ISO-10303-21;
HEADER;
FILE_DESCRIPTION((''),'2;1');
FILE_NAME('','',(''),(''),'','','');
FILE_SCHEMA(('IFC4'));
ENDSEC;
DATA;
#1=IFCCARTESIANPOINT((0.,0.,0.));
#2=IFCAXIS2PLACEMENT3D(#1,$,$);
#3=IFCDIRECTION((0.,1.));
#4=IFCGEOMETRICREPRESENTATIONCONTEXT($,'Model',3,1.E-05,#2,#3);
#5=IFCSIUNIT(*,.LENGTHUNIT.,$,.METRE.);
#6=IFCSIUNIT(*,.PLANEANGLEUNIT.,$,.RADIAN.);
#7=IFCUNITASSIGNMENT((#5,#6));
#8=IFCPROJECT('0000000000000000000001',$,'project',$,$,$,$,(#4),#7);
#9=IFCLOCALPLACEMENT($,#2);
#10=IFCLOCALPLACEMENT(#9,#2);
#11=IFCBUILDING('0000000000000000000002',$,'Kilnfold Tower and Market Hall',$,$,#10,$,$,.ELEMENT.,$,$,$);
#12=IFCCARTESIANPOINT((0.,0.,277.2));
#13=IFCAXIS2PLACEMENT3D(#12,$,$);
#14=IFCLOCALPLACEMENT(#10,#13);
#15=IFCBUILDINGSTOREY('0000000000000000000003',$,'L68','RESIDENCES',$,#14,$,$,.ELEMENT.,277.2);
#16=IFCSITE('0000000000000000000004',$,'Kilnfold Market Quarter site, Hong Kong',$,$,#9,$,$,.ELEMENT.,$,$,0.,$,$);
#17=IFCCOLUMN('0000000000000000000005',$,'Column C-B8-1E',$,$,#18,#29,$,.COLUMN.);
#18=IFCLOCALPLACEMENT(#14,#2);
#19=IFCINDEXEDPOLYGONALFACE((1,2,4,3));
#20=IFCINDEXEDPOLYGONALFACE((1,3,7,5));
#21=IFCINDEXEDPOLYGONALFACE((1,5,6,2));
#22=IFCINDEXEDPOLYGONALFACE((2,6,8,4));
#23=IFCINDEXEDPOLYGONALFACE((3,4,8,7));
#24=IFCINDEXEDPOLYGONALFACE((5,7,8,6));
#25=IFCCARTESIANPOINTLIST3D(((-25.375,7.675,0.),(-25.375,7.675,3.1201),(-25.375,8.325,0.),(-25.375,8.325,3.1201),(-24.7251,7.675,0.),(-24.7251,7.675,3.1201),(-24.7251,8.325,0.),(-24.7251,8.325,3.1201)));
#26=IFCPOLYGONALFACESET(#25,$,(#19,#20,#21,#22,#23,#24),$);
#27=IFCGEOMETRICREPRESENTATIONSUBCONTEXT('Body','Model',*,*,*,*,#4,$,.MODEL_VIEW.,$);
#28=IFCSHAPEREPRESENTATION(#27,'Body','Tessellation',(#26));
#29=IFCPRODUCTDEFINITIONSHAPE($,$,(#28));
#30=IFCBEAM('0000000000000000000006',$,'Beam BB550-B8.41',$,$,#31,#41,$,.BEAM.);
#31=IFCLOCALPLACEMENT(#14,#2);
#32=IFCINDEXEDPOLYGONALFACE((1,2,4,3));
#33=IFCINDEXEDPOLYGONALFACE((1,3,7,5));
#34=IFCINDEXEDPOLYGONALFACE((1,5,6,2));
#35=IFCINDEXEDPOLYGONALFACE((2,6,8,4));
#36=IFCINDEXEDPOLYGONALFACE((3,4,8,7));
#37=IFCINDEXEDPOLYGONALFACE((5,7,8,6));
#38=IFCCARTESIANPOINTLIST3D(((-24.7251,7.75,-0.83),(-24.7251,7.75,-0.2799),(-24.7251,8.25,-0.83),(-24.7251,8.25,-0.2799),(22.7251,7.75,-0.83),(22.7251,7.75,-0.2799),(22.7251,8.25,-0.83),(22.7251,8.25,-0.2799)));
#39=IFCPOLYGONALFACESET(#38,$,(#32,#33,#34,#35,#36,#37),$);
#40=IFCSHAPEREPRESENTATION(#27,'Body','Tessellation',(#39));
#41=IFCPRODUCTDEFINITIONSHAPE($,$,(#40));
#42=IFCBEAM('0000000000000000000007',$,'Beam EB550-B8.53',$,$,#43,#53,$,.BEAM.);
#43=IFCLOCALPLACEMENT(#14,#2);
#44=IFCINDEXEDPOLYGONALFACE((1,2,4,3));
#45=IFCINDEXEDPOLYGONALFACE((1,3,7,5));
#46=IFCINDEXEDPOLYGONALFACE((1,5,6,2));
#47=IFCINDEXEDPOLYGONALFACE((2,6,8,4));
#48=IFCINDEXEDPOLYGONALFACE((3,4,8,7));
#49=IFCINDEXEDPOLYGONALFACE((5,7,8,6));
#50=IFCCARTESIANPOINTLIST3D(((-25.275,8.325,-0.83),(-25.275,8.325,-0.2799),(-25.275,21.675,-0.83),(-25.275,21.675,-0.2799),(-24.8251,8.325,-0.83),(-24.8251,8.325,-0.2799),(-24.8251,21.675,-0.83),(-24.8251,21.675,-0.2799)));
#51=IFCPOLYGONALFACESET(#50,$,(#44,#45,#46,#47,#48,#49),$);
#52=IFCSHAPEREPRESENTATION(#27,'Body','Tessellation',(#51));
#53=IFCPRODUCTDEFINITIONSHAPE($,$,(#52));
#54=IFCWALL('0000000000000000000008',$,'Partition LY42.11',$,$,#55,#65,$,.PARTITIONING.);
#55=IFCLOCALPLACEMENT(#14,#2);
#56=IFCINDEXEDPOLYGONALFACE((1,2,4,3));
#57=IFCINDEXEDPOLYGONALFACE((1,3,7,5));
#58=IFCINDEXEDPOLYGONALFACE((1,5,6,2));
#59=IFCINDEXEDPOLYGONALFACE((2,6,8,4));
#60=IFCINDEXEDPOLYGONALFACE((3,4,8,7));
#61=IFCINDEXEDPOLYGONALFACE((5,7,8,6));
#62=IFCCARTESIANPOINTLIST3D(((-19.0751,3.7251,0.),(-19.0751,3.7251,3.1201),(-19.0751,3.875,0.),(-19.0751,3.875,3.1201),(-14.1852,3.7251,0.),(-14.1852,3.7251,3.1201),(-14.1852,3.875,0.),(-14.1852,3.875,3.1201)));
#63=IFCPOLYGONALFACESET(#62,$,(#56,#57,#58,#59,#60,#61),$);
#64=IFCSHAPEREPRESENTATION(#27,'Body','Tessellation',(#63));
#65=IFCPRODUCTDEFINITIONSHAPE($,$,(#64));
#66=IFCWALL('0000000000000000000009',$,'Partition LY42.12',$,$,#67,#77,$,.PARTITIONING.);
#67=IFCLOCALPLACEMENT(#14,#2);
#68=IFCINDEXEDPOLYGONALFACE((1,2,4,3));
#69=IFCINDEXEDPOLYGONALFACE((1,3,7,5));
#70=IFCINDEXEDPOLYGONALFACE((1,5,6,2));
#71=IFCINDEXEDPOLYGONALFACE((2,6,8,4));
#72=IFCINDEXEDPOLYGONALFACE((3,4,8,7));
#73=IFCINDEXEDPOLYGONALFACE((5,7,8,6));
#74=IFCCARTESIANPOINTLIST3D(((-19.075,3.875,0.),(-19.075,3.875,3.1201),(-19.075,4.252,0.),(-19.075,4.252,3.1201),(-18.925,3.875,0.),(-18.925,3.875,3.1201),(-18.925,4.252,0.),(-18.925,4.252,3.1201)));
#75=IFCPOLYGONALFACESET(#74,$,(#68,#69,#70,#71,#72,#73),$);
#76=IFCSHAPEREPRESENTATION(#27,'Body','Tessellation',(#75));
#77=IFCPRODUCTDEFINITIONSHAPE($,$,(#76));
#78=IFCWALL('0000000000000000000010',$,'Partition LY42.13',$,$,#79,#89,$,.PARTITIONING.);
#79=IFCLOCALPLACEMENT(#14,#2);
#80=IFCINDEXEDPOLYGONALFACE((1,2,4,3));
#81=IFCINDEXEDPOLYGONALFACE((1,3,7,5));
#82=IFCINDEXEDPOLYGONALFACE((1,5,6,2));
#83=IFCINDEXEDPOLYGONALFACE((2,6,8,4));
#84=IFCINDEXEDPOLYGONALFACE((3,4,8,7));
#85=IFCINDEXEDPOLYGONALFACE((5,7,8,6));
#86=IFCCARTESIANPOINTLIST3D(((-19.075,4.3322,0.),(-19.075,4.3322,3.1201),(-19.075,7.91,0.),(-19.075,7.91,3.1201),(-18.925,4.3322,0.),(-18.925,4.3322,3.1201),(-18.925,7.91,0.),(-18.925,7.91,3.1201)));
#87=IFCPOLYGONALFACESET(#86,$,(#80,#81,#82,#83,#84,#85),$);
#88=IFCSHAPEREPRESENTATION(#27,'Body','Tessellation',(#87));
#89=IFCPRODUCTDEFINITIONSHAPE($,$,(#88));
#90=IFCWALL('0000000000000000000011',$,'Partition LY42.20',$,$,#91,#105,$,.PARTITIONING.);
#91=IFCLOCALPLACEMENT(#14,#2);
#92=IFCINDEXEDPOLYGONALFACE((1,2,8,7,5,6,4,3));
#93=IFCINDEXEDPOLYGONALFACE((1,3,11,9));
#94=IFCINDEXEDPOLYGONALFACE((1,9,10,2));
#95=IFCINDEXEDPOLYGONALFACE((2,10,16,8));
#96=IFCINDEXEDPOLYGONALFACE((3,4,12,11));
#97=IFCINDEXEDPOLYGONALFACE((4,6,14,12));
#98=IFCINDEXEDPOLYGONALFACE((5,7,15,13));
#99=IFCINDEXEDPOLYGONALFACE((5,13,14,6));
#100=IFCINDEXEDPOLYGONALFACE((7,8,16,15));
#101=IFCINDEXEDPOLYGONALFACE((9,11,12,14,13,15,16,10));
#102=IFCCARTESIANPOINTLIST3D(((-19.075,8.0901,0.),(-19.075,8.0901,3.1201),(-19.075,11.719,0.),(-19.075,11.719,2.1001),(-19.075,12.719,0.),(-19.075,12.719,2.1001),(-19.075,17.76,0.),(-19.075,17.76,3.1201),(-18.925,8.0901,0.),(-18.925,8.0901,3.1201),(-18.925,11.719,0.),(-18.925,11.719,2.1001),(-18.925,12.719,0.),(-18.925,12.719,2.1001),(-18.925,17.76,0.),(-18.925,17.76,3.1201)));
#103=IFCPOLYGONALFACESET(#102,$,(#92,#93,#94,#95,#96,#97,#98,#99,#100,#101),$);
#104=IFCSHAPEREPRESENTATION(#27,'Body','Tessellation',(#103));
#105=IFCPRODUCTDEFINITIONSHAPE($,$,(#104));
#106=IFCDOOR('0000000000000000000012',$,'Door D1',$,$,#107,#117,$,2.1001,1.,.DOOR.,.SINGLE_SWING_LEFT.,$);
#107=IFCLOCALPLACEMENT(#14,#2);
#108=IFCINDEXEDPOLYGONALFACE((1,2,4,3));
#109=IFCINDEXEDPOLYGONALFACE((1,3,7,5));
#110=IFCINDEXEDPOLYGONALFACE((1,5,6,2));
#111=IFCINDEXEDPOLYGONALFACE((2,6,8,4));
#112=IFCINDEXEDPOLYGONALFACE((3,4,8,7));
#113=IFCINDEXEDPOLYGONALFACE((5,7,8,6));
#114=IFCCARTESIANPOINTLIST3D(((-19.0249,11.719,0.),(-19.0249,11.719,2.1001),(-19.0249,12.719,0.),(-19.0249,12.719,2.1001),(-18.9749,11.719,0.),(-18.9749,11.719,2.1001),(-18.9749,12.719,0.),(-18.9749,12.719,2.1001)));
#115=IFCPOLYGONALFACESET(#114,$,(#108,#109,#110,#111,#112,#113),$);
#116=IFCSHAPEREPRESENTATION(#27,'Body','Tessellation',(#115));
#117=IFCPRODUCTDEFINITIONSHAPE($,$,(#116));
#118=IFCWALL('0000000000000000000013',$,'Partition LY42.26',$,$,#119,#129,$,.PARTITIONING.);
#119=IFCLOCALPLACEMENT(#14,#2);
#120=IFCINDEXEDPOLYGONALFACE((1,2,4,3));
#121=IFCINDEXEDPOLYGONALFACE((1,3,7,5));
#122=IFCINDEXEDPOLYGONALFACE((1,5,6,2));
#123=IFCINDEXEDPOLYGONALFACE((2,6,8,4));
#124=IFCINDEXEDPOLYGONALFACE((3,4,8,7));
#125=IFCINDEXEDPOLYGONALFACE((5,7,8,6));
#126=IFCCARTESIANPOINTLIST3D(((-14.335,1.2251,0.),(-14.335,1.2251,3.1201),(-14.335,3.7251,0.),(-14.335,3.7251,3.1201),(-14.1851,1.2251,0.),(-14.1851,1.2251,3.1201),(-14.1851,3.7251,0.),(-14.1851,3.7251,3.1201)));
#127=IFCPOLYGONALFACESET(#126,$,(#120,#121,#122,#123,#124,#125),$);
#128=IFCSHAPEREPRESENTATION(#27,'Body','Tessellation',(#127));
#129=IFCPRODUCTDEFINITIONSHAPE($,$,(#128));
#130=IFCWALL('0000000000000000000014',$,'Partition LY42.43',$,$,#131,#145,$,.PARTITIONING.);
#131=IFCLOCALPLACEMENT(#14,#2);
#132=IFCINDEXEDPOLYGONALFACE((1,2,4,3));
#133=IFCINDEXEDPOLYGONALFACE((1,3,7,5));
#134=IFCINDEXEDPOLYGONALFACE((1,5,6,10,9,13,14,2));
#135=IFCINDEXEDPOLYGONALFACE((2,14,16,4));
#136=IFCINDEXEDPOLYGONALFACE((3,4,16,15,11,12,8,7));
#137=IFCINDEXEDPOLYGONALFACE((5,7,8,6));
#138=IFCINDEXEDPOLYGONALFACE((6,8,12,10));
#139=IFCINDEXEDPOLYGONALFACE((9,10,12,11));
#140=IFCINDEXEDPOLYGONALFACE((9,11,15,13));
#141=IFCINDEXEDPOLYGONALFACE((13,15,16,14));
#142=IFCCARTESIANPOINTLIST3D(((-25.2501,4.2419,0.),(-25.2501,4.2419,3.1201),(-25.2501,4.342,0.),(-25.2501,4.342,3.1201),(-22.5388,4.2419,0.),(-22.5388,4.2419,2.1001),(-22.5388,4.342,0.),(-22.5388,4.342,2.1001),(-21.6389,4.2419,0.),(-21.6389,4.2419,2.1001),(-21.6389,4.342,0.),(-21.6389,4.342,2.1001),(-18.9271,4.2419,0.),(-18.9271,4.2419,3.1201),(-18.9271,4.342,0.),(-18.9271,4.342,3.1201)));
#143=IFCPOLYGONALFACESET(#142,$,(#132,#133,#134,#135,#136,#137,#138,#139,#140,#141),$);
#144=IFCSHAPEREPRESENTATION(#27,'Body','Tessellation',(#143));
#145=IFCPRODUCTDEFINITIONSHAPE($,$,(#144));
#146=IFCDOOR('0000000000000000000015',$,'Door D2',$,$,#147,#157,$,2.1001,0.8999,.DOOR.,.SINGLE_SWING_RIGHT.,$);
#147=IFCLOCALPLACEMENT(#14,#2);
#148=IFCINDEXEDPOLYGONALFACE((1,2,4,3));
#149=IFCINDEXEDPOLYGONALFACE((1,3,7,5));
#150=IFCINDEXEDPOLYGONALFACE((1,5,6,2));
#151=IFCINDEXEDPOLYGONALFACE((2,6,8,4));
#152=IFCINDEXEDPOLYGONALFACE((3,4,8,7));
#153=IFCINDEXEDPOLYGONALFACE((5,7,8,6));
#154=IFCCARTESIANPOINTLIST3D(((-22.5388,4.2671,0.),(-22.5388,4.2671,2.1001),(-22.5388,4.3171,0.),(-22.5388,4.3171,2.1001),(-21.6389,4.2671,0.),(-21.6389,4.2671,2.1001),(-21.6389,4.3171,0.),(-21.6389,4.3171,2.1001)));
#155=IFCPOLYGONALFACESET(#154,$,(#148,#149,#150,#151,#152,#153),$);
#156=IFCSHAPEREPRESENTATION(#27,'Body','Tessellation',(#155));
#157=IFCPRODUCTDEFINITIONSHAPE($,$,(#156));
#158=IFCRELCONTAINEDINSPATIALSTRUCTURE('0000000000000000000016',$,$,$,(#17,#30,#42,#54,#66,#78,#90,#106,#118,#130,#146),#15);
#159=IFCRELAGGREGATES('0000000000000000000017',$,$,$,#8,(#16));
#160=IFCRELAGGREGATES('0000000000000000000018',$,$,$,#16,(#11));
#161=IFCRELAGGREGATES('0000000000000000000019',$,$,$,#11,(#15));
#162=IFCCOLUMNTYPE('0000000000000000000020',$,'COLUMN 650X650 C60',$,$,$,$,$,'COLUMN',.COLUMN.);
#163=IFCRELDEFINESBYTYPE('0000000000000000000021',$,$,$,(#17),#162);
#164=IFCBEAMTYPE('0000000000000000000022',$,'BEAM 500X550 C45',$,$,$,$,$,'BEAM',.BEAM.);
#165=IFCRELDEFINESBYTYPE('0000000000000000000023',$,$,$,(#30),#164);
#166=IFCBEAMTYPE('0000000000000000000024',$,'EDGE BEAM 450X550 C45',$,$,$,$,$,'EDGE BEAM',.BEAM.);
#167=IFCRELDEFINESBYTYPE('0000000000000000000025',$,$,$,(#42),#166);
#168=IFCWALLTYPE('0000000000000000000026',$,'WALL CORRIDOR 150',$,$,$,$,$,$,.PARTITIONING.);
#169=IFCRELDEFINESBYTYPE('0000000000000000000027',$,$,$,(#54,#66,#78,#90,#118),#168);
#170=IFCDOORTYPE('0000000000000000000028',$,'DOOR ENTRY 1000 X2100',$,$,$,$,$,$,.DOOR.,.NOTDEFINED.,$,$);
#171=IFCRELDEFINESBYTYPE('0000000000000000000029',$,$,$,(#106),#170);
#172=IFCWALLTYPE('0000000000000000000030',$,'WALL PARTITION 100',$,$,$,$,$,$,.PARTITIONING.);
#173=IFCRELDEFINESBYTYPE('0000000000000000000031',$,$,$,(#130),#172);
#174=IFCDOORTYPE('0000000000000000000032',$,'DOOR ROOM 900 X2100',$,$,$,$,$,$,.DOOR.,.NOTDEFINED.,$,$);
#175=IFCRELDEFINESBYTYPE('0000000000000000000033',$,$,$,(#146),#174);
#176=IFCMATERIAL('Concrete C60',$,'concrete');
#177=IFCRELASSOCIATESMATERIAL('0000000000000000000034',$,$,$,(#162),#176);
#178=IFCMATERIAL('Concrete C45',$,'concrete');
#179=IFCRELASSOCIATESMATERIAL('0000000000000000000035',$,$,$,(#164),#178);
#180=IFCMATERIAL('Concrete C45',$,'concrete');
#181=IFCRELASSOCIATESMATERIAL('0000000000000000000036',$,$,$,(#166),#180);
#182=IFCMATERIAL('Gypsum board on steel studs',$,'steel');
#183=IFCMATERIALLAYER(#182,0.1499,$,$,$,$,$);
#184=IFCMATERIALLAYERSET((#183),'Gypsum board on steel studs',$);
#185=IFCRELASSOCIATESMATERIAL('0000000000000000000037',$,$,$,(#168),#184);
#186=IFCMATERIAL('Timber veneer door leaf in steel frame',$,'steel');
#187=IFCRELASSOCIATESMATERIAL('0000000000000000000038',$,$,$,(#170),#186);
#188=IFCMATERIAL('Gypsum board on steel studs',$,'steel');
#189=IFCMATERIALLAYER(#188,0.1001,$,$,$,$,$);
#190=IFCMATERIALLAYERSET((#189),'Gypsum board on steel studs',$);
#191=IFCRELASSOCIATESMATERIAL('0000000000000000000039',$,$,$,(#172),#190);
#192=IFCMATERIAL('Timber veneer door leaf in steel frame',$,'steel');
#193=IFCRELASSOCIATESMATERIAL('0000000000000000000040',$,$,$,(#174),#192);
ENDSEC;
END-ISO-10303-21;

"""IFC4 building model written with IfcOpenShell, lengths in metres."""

from ifc_helpers import new_model, si_unit, direction, frame, frame_2d, origin, origin_2d, place, context, subcontext, project, spatial, rectangle, extrude, source, transform, mapped, material, layer, layer_set, material_profile, profile_set, type_object, element, fill, save


model = new_model("IFC4")

# Units and contexts
model_context = context("Model", 3, precision=1e-05, world=origin(), true_north=direction((0.0, 1.0)))
body_context = subcontext(model_context, "Body", "Model", "MODEL_VIEW")
ifc_project = project(units=[si_unit("LENGTHUNIT", "METRE"), si_unit("PLANEANGLEUNIT", "RADIAN")], contexts=[model_context])

# Site, building, storey
site_placement = place(None, origin())
site = spatial("IfcSite", under=ifc_project, at=site_placement, Name="Kilnfold Market Quarter site, Hong Kong", CompositionType="ELEMENT", RefElevation=0.0)
building_placement = place(site_placement, origin())
building = spatial("IfcBuilding", under=site, at=building_placement, Name="Kilnfold Tower and Market Hall", CompositionType="ELEMENT")
storey_placement = place(building_placement, frame((0.0, 0.0, 277.2)))
storey = spatial("IfcBuildingStorey", under=building, at=storey_placement, Name="L68", Description="RESIDENCES", CompositionType="ELEMENT", Elevation=277.2)

# Column
ifc_material_1 = material(Name="Concrete C60", Category="concrete")
ifc_material_profile_1 = material_profile(ifc_material_1, rectangle(XDim=0.6499, YDim=0.6499, at=origin_2d()), Name="RC 650x650")
ifc_profile_set_1 = profile_set([ifc_material_profile_1], Name="Concrete C60")
column_type = type_object("IfcColumnType", Name="COLUMN 650X650 C60", ElementType="COLUMN", PredefinedType="COLUMN", material=ifc_profile_set_1)
shared_shape_1 = source(origin(), body_context, "Body", "SweptSolid", [
    extrude(rectangle(XDim=0.6499, YDim=0.6499, at=origin_2d()), origin(), (0.0, 0.0, 1.0), 3.1201),
])
column_placement = place(storey_placement, frame((-25.05, 8.0, 0.0), z_axis=(0.0, 0.0, 1.0), x_axis=(1.0, 0.0, 0.0)))
element("IfcColumn", 1, at=column_placement, inside=storey, type_object=column_type, Name="Column C-B8-1E", PredefinedType="COLUMN", context=body_context, shape_type="MappedRepresentation", body=[
    mapped(shared_shape_1, transform((0.0, 0.0, 0.0))),
])

# Beams
ifc_material_2 = material(Name="Concrete C45", Category="concrete")
ifc_material_profile_2 = material_profile(ifc_material_2, rectangle(XDim=0.5, YDim=0.55, at=origin_2d()), Name="RC 500x550")
ifc_profile_set_2 = profile_set([ifc_material_profile_2], Name="Concrete C45")
beam_type_1 = type_object("IfcBeamType", Name="BEAM 500X550 C45", ElementType="BEAM", PredefinedType="BEAM", material=ifc_profile_set_2)
shared_shape_2 = source(origin(), body_context, "Body", "SweptSolid", [
    extrude(rectangle(XDim=0.5, YDim=0.55, at=origin_2d()), origin(), (0.0, 0.0, 1.0), 47.4502),
])
beam_1_placement = place(storey_placement, frame((-24.7251, 8.0, -0.5549), z_axis=(1.0, 0.0, 0.0), x_axis=(0.0, 1.0, 0.0)))
element("IfcBeam", 2, at=beam_1_placement, inside=storey, type_object=beam_type_1, Name="Beam BB550-B8.41", PredefinedType="BEAM", context=body_context, shape_type="MappedRepresentation", body=[
    mapped(shared_shape_2, transform((0.0, 0.0, 0.0))),
])
ifc_material_3 = material(Name="Concrete C45", Category="concrete")
ifc_material_profile_3 = material_profile(ifc_material_3, rectangle(XDim=0.45, YDim=0.55, at=origin_2d()), Name="RC 450x550")
ifc_profile_set_3 = profile_set([ifc_material_profile_3], Name="Concrete C45")
beam_type_2 = type_object("IfcBeamType", Name="EDGE BEAM 450X550 C45", ElementType="EDGE BEAM", PredefinedType="BEAM", material=ifc_profile_set_3)
shared_shape_3 = source(origin(), body_context, "Body", "SweptSolid", [
    extrude(rectangle(XDim=0.45, YDim=0.55, at=origin_2d()), origin(), (0.0, 0.0, 1.0), 13.3501),
])
beam_2_placement = place(storey_placement, frame((-25.05, 8.325, -0.5549), z_axis=(0.0, 1.0, 0.0), x_axis=(-1.0, 0.0, 0.0)))
element("IfcBeam", 3, at=beam_2_placement, inside=storey, type_object=beam_type_2, Name="Beam EB550-B8.53", PredefinedType="BEAM", context=body_context, shape_type="MappedRepresentation", body=[
    mapped(shared_shape_3, transform((0.0, 0.0, 0.0))),
])

# Walls
ifc_material_4 = material(Name="Gypsum board on steel studs", Category="steel")
ifc_layer_1 = layer(ifc_material_4, 0.1499)
ifc_layer_set_1 = layer_set([ifc_layer_1], Name="Gypsum board on steel studs")
wall_type_1 = type_object("IfcWallType", Name="WALL CORRIDOR 150", PredefinedType="PARTITIONING", material=ifc_layer_set_1)
wall_1_placement = place(storey_placement, frame((-19.075, 3.8, 0.0), z_axis=(0.0, 0.0, 1.0), x_axis=(1.0, 0.0, 0.0)))
element("IfcWall", 4, at=wall_1_placement, inside=storey, type_object=wall_type_1, Name="Partition LY42.11", PredefinedType="PARTITIONING", context=body_context, shape_type="SweptSolid", body=[
    extrude(rectangle(XDim=4.8899, YDim=0.1499, at=frame_2d((2.4448, 0.0))), origin(), (0.0, 0.0, 1.0), 3.1201),
])
wall_2_placement = place(storey_placement, frame((-19.0, 3.875, 0.0), z_axis=(0.0, 0.0, 1.0), x_axis=(0.0, 1.0, 0.0)))
element("IfcWall", 5, at=wall_2_placement, inside=storey, type_object=wall_type_1, Name="Partition LY42.12", PredefinedType="PARTITIONING", context=body_context, shape_type="SweptSolid", body=[
    extrude(rectangle(XDim=0.377, YDim=0.1499, at=frame_2d((0.1885, 0.0))), origin(), (0.0, 0.0, 1.0), 3.1201),
])
wall_3_placement = place(storey_placement, frame((-19.0, 4.332, 0.0), z_axis=(0.0, 0.0, 1.0), x_axis=(0.0, 1.0, 0.0)))
element("IfcWall", 6, at=wall_3_placement, inside=storey, type_object=wall_type_1, Name="Partition LY42.13", PredefinedType="PARTITIONING", context=body_context, shape_type="SweptSolid", body=[
    extrude(rectangle(XDim=3.5779, YDim=0.1499, at=frame_2d((1.7891, 0.0))), origin(), (0.0, 0.0, 1.0), 3.1201),
])

# Wall, opening, door
wall_4_placement = place(storey_placement, frame((-19.0, 8.0901, 0.0), z_axis=(0.0, 0.0, 1.0), x_axis=(0.0, 1.0, 0.0)))
wall_4 = element("IfcWall", 7, at=wall_4_placement, inside=storey, type_object=wall_type_1, Name="Partition LY42.20", PredefinedType="PARTITIONING", context=body_context, shape_type="SweptSolid", body=[
    extrude(rectangle(XDim=9.6699, YDim=0.1499, at=frame_2d((4.835, 0.0))), origin(), (0.0, 0.0, 1.0), 3.1201),
])
opening_1_placement = place(wall_4_placement, frame((3.6289, 0.0, 0.0)))
opening_1 = element("IfcOpeningElement", 8, at=opening_1_placement, cuts=wall_4, PredefinedType="OPENING", context=body_context, shape_type="SweptSolid", body=[
    extrude(rectangle(XDim=1.0, YDim=2.1001, at=frame_2d((0.5, 1.05))), frame((0.0, 0.085, 0.0), z_axis=(0.0, -1.0, 0.0), x_axis=(1.0, 0.0, 0.0)), (0.0, 0.0, 1.0), 0.1699),
])
ifc_material_5 = material(Name="Timber veneer door leaf in steel frame", Category="steel")
door_type_1 = type_object("IfcDoorType", Name="DOOR ENTRY 1000 X2100", OperationType="NOTDEFINED", PredefinedType="DOOR", material=ifc_material_5)
door_1_placement = place(opening_1_placement, origin())
door_1 = element("IfcDoor", 9, at=door_1_placement, inside=storey, type_object=door_type_1, Name="Door D1", OperationType="SINGLE_SWING_LEFT", OverallHeight=2.1001, OverallWidth=1.0, PredefinedType="DOOR", context=body_context, shape_type="SweptSolid", body=[
    extrude(rectangle(XDim=1.0, YDim=2.1001, at=frame_2d((0.5, 1.05))), frame((0.0, 0.0249, 0.0), z_axis=(0.0, -1.0, 0.0), x_axis=(1.0, 0.0, 0.0)), (0.0, 0.0, 1.0), 0.05),
])
fill(opening_1, door_1)

# Wall
wall_5_placement = place(storey_placement, frame((-14.26, 3.7251, 0.0), z_axis=(0.0, 0.0, 1.0), x_axis=(0.0, -1.0, 0.0)))
element("IfcWall", 10, at=wall_5_placement, inside=storey, type_object=wall_type_1, Name="Partition LY42.26", PredefinedType="PARTITIONING", context=body_context, shape_type="SweptSolid", body=[
    extrude(rectangle(XDim=2.5, YDim=0.1499, at=frame_2d((1.25, 0.0))), origin(), (0.0, 0.0, 1.0), 3.1201),
])

# Wall, opening, door
ifc_material_6 = material(Name="Gypsum board on steel studs", Category="steel")
ifc_layer_2 = layer(ifc_material_6, 0.1001)
ifc_layer_set_2 = layer_set([ifc_layer_2], Name="Gypsum board on steel studs")
wall_type_2 = type_object("IfcWallType", Name="WALL PARTITION 100", PredefinedType="PARTITIONING", material=ifc_layer_set_2)
wall_6_placement = place(storey_placement, frame((-18.927, 4.292, 0.0), z_axis=(0.0, 0.0, 1.0), x_axis=(-1.0, 0.0, 0.0)))
wall_6 = element("IfcWall", 11, at=wall_6_placement, inside=storey, type_object=wall_type_2, Name="Partition LY42.43", PredefinedType="PARTITIONING", context=body_context, shape_type="SweptSolid", body=[
    extrude(rectangle(XDim=6.323, YDim=0.1001, at=frame_2d((3.1616, 0.0))), origin(), (0.0, 0.0, 1.0), 3.1201),
])
opening_2_placement = place(wall_6_placement, frame((2.7119, 0.0, 0.0)))
opening_2 = element("IfcOpeningElement", 12, at=opening_2_placement, cuts=wall_6, PredefinedType="OPENING", context=body_context, shape_type="SweptSolid", body=[
    extrude(rectangle(XDim=0.8999, YDim=2.1001, at=frame_2d((0.45, 1.05))), frame((0.0, 0.0601, 0.0), z_axis=(0.0, -1.0, 0.0), x_axis=(1.0, 0.0, 0.0)), (0.0, 0.0, 1.0), 0.1201),
])
ifc_material_7 = material(Name="Timber veneer door leaf in steel frame", Category="steel")
door_type_2 = type_object("IfcDoorType", Name="DOOR ROOM 900 X2100", OperationType="NOTDEFINED", PredefinedType="DOOR", material=ifc_material_7)
door_2_placement = place(opening_2_placement, origin())
door_2 = element("IfcDoor", 13, at=door_2_placement, inside=storey, type_object=door_type_2, Name="Door D2", OperationType="SINGLE_SWING_RIGHT", OverallHeight=2.1001, OverallWidth=0.8999, PredefinedType="DOOR", context=body_context, shape_type="SweptSolid", body=[
    extrude(rectangle(XDim=0.8999, YDim=2.1001, at=frame_2d((0.45, 1.05))), frame((0.0, 0.0249, 0.0), z_axis=(0.0, -1.0, 0.0), x_axis=(1.0, 0.0, 0.0)), (0.0, 0.0, 1.0), 0.05),
])
fill(opening_2, door_2)

save(model, "model.ifc")
